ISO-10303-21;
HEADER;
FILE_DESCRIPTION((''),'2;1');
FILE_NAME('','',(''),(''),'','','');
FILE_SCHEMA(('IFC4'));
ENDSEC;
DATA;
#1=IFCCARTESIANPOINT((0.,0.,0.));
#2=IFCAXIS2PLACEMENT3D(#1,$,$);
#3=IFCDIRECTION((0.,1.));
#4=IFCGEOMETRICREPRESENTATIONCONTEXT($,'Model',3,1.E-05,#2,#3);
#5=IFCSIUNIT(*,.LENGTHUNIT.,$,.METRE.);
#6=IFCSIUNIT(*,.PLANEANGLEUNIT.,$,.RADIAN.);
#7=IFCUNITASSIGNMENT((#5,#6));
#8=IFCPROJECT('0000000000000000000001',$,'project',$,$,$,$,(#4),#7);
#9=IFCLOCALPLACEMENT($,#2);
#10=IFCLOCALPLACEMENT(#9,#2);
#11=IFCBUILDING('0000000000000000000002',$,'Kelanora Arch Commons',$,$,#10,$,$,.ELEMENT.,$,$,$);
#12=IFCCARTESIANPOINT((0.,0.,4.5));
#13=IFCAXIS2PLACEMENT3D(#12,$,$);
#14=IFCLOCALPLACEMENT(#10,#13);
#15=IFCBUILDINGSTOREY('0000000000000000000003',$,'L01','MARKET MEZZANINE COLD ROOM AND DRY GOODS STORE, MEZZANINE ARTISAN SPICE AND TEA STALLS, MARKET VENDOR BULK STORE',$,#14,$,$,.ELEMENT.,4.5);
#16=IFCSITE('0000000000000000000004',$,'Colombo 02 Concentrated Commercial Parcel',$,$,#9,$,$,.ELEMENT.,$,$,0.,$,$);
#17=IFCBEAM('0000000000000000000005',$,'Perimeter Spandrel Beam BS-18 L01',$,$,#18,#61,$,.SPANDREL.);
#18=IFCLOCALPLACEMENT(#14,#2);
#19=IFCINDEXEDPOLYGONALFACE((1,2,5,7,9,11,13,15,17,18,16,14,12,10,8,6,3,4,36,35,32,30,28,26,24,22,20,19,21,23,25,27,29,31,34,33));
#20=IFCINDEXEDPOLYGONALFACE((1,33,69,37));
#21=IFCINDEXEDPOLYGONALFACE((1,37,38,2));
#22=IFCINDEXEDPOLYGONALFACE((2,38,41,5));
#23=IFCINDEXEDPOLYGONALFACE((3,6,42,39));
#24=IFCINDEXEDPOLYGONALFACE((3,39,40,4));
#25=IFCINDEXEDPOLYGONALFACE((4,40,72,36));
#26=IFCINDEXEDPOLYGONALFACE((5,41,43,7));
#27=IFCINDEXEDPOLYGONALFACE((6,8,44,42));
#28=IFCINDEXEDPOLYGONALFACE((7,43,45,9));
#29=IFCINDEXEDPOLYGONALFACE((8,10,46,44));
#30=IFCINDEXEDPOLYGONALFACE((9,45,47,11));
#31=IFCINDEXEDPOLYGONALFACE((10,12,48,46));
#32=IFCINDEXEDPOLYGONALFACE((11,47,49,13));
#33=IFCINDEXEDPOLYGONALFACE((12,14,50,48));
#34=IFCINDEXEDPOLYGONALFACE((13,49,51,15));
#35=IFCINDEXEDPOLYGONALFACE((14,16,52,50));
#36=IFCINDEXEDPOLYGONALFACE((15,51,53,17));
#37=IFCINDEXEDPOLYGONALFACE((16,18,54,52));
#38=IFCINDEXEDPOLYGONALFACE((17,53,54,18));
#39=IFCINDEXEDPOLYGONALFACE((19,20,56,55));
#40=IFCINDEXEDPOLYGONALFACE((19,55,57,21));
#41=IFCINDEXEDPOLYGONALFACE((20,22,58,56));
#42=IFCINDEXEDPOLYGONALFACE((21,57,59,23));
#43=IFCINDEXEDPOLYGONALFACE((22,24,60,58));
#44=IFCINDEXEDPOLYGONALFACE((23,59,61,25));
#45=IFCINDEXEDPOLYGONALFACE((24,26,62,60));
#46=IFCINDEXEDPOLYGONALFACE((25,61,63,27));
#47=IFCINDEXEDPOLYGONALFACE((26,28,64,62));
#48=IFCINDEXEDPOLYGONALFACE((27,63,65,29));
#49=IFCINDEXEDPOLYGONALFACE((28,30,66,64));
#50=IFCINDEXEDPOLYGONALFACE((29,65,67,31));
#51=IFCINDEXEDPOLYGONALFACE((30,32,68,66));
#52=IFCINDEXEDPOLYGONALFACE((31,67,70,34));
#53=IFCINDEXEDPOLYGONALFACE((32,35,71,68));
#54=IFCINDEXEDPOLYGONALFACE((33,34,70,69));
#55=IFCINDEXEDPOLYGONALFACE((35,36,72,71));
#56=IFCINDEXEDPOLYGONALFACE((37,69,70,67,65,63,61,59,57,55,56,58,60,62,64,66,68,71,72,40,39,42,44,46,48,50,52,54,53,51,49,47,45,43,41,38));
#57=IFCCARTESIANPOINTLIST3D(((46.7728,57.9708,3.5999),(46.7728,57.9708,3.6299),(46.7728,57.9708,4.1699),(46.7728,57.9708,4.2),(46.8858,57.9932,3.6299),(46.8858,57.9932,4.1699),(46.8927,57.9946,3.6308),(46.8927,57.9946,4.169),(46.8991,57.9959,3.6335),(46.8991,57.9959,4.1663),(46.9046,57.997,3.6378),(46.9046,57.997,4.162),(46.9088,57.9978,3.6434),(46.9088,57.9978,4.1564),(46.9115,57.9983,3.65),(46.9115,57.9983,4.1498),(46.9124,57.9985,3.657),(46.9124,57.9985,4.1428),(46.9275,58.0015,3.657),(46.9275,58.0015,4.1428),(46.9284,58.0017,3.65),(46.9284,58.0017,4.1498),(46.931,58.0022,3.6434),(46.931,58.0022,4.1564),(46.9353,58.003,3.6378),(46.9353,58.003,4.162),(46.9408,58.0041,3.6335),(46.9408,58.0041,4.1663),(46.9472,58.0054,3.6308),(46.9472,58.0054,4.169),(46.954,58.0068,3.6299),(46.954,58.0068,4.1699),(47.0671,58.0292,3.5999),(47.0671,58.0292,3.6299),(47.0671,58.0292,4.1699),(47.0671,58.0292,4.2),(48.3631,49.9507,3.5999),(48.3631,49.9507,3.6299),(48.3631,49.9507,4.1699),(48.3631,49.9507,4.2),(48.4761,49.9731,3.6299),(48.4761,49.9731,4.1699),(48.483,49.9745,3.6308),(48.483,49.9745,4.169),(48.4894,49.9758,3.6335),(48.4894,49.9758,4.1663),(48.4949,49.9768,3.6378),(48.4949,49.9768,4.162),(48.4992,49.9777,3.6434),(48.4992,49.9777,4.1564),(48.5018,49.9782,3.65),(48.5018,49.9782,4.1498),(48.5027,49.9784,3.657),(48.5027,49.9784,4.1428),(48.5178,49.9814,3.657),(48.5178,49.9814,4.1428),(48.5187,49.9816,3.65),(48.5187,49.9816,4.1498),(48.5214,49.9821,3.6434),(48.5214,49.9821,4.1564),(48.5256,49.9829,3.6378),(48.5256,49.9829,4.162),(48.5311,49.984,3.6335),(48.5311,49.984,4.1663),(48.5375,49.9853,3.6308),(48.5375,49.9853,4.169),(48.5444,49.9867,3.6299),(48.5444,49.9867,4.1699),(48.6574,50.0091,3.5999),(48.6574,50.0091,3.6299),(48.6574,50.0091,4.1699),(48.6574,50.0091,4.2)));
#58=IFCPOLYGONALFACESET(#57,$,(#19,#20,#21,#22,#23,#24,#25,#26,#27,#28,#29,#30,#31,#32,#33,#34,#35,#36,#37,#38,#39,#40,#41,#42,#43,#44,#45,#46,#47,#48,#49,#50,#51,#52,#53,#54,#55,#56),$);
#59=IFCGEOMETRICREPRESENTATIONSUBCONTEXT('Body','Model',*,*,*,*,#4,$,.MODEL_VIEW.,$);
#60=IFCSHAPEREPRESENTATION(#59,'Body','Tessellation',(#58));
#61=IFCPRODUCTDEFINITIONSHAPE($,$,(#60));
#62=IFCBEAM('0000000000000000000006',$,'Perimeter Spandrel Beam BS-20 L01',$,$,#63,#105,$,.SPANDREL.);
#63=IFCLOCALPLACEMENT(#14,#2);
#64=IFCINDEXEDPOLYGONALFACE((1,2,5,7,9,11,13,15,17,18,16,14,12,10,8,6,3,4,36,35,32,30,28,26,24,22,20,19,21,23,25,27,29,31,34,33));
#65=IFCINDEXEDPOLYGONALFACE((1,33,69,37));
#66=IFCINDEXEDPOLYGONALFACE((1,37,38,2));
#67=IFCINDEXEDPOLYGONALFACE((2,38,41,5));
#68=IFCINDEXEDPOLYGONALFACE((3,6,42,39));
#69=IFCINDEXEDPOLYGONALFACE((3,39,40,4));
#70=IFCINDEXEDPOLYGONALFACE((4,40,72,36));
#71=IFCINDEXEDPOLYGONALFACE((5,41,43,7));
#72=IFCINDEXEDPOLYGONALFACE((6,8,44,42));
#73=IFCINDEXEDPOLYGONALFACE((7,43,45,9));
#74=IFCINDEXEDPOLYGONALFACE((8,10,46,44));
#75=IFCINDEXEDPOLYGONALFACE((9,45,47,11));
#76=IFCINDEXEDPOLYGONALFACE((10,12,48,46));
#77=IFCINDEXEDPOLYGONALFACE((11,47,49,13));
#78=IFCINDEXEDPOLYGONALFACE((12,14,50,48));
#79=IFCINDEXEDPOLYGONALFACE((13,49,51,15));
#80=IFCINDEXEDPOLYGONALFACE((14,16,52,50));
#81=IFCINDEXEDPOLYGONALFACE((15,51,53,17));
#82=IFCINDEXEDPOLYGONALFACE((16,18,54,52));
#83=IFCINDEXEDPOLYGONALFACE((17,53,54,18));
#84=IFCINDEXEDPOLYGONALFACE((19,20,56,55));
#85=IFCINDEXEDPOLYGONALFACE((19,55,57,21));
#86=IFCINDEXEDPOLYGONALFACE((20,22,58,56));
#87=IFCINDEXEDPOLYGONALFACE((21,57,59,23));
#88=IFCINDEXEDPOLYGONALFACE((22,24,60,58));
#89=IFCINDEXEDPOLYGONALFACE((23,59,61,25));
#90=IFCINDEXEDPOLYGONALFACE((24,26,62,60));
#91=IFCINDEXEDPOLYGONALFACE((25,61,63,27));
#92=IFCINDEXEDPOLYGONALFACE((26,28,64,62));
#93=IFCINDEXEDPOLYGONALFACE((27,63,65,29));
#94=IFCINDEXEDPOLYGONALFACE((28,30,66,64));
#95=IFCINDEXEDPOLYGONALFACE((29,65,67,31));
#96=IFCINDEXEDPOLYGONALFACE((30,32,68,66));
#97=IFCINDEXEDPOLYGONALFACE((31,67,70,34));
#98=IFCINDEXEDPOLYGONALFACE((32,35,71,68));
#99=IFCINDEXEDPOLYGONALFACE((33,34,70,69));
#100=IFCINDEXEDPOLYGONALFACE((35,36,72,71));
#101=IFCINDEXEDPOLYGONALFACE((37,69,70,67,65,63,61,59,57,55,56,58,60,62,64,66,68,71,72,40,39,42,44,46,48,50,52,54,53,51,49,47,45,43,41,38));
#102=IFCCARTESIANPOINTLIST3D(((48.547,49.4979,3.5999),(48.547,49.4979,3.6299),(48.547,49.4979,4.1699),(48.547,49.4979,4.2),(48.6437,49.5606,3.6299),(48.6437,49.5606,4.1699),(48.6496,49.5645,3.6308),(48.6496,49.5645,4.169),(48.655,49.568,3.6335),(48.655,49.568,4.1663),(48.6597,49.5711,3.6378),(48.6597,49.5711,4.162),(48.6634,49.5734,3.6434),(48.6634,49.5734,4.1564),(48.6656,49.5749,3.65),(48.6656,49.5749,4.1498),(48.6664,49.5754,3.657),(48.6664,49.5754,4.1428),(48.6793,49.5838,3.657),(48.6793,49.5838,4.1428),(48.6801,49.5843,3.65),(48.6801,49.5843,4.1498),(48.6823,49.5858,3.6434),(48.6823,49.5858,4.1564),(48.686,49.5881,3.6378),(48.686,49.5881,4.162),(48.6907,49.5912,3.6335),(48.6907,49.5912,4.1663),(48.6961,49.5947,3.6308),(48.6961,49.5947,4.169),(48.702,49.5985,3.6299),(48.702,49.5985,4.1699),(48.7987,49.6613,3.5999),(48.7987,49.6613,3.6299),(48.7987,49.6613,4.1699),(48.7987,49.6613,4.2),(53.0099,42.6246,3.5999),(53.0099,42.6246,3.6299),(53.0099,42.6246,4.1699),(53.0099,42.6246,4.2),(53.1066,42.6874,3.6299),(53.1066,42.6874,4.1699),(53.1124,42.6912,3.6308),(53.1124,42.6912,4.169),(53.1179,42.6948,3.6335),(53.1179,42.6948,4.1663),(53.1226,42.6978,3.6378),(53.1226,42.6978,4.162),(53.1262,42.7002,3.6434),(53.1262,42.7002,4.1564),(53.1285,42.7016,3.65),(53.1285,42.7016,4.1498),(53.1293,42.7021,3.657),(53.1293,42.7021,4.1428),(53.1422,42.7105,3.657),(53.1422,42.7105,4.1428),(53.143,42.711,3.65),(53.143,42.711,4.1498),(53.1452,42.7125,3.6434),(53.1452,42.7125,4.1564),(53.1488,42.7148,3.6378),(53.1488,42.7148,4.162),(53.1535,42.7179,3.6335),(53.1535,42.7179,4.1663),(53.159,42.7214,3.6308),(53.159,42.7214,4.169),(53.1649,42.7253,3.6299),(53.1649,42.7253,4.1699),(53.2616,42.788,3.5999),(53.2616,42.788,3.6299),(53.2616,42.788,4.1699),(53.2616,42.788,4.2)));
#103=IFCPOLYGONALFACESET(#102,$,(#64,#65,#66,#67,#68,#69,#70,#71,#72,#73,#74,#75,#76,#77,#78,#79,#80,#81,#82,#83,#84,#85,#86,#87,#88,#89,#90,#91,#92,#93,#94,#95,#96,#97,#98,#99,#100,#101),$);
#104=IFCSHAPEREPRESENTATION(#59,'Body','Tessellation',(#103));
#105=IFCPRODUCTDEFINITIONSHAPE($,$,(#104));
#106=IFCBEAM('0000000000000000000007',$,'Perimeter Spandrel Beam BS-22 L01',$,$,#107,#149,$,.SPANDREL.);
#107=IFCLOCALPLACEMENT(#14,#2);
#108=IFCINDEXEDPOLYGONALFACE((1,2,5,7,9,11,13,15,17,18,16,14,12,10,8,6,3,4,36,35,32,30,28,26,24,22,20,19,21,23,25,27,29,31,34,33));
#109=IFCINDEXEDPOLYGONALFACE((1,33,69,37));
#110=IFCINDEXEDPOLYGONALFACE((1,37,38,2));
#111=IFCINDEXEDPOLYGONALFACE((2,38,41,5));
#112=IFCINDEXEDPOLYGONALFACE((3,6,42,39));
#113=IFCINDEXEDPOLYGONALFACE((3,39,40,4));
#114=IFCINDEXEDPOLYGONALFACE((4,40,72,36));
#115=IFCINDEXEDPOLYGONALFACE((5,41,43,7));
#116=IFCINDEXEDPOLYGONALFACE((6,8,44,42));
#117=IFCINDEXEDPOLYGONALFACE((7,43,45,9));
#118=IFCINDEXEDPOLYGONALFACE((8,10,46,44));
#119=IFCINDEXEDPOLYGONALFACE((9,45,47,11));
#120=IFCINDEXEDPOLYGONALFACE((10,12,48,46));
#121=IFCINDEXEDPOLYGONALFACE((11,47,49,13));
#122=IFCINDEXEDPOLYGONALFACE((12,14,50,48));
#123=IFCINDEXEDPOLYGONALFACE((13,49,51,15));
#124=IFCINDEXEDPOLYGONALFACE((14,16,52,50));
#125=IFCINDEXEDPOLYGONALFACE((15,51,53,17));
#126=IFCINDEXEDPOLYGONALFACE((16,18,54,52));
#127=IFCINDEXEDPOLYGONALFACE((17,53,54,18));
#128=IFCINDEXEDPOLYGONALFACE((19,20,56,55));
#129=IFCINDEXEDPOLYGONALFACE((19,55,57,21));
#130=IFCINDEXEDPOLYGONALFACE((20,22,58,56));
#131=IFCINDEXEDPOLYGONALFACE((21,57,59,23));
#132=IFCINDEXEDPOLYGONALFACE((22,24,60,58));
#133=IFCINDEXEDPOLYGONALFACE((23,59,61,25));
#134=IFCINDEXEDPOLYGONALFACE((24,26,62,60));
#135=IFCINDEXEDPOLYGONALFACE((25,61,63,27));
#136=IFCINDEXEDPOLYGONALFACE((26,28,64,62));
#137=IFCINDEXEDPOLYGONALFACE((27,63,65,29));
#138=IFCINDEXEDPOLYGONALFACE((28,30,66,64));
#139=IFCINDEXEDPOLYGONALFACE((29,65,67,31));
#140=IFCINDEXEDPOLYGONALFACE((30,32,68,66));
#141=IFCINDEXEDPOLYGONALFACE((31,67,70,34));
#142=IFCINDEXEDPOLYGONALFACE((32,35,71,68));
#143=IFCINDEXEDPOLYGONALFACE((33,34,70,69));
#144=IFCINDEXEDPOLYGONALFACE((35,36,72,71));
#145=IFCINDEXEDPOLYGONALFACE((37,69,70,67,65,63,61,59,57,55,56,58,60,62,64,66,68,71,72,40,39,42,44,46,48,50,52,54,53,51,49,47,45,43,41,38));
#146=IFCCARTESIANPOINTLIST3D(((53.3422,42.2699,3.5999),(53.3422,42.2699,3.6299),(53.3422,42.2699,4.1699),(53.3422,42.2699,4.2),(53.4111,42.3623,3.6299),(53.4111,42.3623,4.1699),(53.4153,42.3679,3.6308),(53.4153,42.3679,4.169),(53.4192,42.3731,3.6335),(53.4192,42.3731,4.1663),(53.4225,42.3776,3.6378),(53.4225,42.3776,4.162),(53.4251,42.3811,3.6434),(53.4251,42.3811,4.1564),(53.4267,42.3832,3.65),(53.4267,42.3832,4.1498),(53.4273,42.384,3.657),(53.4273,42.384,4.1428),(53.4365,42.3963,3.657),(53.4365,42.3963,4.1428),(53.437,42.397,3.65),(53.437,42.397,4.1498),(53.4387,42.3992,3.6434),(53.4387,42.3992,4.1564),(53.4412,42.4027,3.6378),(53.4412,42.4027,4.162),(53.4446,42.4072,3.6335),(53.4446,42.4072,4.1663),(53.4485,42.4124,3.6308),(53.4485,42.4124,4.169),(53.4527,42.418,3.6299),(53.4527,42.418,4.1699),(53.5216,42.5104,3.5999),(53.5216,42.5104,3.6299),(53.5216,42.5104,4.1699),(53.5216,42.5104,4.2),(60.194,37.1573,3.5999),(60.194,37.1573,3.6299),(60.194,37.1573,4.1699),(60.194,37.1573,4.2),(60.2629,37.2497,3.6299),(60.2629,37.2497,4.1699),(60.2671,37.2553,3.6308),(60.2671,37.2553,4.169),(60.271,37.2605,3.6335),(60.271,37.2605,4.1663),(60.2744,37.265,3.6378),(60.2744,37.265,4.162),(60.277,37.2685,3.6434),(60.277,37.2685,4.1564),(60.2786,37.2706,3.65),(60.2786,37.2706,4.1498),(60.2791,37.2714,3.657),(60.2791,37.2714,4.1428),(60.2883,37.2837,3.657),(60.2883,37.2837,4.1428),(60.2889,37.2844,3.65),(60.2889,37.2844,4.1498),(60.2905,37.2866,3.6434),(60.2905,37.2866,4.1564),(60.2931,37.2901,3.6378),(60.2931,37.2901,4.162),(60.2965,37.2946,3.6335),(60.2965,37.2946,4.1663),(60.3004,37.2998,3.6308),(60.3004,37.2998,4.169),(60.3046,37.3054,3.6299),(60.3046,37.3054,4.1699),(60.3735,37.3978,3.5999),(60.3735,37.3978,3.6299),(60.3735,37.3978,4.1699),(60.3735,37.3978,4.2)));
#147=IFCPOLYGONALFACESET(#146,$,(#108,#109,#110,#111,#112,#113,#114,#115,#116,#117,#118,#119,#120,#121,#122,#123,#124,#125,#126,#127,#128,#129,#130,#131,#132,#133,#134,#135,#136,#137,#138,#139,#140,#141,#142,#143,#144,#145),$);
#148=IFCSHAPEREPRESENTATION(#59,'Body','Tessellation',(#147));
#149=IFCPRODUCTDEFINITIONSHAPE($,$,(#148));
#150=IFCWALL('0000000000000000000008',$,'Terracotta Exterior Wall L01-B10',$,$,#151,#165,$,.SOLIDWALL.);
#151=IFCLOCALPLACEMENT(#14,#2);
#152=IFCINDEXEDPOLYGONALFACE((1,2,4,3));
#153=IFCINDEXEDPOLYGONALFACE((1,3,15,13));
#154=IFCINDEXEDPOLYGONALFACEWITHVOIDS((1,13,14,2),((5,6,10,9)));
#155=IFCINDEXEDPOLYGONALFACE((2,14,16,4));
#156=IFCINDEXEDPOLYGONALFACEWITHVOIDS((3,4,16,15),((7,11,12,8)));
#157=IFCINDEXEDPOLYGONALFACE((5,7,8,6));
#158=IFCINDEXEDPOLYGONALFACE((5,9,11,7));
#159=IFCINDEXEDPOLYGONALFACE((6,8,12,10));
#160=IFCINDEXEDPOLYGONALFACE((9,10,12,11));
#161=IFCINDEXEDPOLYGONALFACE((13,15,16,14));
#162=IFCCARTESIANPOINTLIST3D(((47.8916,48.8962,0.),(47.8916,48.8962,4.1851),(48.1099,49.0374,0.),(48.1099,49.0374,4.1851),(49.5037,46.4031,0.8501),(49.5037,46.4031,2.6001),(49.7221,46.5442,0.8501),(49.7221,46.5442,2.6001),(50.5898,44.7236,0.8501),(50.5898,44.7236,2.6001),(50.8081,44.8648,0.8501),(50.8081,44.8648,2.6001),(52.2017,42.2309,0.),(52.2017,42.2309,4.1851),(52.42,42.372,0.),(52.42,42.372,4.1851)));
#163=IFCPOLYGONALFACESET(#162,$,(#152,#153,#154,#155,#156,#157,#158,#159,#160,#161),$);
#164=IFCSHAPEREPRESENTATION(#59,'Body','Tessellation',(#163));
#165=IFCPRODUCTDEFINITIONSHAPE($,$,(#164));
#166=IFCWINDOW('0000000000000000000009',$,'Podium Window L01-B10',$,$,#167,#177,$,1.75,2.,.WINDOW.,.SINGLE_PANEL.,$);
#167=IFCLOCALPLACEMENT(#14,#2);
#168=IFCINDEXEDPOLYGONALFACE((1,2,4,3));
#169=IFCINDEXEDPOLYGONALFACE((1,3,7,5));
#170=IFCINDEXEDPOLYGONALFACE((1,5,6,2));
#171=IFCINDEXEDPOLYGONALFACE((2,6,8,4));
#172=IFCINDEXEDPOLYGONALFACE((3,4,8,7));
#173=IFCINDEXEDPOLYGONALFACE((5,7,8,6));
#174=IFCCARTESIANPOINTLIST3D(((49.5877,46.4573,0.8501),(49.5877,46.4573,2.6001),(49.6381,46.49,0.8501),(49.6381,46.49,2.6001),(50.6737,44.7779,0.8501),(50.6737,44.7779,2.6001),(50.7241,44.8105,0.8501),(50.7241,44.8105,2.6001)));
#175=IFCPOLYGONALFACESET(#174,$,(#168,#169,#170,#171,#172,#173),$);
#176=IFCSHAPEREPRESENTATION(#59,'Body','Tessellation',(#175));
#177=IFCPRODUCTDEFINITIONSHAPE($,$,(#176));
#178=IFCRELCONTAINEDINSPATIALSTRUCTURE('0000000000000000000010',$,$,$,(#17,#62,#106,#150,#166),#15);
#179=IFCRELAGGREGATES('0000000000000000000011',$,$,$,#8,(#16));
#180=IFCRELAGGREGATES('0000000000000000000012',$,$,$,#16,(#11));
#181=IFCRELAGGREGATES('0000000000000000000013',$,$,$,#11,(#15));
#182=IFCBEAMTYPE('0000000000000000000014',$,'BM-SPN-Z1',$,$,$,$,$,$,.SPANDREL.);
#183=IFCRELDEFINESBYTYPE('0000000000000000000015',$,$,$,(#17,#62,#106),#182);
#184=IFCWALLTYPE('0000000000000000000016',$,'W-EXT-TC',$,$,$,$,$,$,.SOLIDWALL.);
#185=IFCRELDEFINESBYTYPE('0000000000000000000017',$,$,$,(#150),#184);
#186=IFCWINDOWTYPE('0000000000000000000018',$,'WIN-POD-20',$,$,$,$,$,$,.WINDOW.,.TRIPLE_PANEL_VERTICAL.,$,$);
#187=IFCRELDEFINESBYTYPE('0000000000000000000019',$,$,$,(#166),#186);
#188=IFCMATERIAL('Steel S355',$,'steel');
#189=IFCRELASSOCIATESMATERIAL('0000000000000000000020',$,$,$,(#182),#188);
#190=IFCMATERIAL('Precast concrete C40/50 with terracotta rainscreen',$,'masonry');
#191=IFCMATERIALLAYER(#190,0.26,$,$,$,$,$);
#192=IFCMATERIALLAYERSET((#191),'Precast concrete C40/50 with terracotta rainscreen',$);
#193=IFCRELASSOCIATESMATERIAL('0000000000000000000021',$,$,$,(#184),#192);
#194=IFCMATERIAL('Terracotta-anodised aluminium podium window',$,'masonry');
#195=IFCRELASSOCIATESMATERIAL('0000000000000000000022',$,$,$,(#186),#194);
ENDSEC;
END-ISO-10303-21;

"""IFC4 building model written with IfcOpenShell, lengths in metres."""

from ifc_helpers import new_model, si_unit, direction, frame, frame_2d, origin, origin_2d, place, context, subcontext, project, spatial, rectangle, i_section, extrude, material, layer, layer_set, material_profile, profile_set, type_object, element, fill, save


model = new_model("IFC4")

# Units and contexts
model_context = context("Model", 3, precision=1e-05, world=origin(), true_north=direction((0.0, 1.0)))
body_context = subcontext(model_context, "Body", "Model", "MODEL_VIEW")
ifc_project = project(units=[si_unit("LENGTHUNIT", "METRE"), si_unit("PLANEANGLEUNIT", "RADIAN")], contexts=[model_context])

# Site, building, storey
site_placement = place(None, origin())
site = spatial("IfcSite", under=ifc_project, at=site_placement, Name="Colombo 02 Concentrated Commercial Parcel", CompositionType="ELEMENT", RefElevation=0.0)
building_placement = place(site_placement, origin())
building = spatial("IfcBuilding", under=site, at=building_placement, Name="Kelanora Arch Commons", CompositionType="ELEMENT")
storey_placement = place(building_placement, frame((0.0, 0.0, 4.5)))
storey = spatial("IfcBuildingStorey", under=building, at=storey_placement, Name="L01", Description="MARKET MEZZANINE COLD ROOM AND DRY GOODS STORE, MEZZANINE ARTISAN SPICE AND TEA STALLS, MARKET VENDOR BULK STORE", CompositionType="ELEMENT", Elevation=4.5)

# Beams
ifc_material_1 = material(Name="Steel S355", Category="steel")
ifc_material_profile_1 = material_profile(ifc_material_1, i_section(OverallWidth=0.3, OverallDepth=0.6001, WebThickness=0.0154, FlangeThickness=0.03, FilletRadius=0.0271, at=origin_2d()), Name="HEB600")
ifc_profile_set_1 = profile_set([ifc_material_profile_1], Name="Steel S355")
beam_type_1 = type_object("IfcBeamType", Name="BM-SPN-Z1", PredefinedType="SPANDREL", material=ifc_profile_set_1)
beam_1_placement = place(storey_placement, frame((46.9199, 58.0, 3.8999), z_axis=(0.194508, -0.980901, 0.0), x_axis=(0.980901, 0.194508, 0.0)))
element("IfcBeam", 1, at=beam_1_placement, inside=storey, type_object=beam_type_1, Name="Perimeter Spandrel Beam BS-18 L01", PredefinedType="SPANDREL", context=body_context, shape_type="SweptSolid", body=[
    extrude(i_section(OverallWidth=0.3, OverallDepth=0.6001, WebThickness=0.0154, FlangeThickness=0.03, FilletRadius=0.0271, at=origin_2d()), origin(), (0.0, 0.0, 1.0), 8.1763),
])
beam_2_placement = place(storey_placement, frame((48.6729, 49.5796, 3.8999), z_axis=(0.544581, -0.838708, 0.0), x_axis=(0.838708, 0.544581, 0.0)))
element("IfcBeam", 2, at=beam_2_placement, inside=storey, type_object=beam_type_1, Name="Perimeter Spandrel Beam BS-20 L01", PredefinedType="SPANDREL", context=body_context, shape_type="SweptSolid", body=[
    extrude(i_section(OverallWidth=0.3, OverallDepth=0.6001, WebThickness=0.0154, FlangeThickness=0.03, FilletRadius=0.0271, at=origin_2d()), origin(), (0.0, 0.0, 1.0), 8.1951),
])
beam_3_placement = place(storey_placement, frame((53.4319, 42.3901, 3.8999), z_axis=(0.801475, -0.598029, 0.0), x_axis=(0.598029, 0.801475, 0.0)))
element("IfcBeam", 3, at=beam_3_placement, inside=storey, type_object=beam_type_1, Name="Perimeter Spandrel Beam BS-22 L01", PredefinedType="SPANDREL", context=body_context, shape_type="SweptSolid", body=[
    extrude(i_section(OverallWidth=0.3, OverallDepth=0.6001, WebThickness=0.0154, FlangeThickness=0.03, FilletRadius=0.0271, at=origin_2d()), origin(), (0.0, 0.0, 1.0), 8.5491),
])

# Wall, opening, window
ifc_material_2 = material(Name="Precast concrete C40/50 with terracotta rainscreen", Category="masonry")
ifc_layer_1 = layer(ifc_material_2, 0.26)
ifc_layer_set_1 = layer_set([ifc_layer_1], Name="Precast concrete C40/50 with terracotta rainscreen")
wall_type_1 = type_object("IfcWallType", Name="W-EXT-TC", PredefinedType="SOLIDWALL", material=ifc_layer_set_1)
wall_1_placement = place(storey_placement, frame((48.0007, 48.9668, 0.0), z_axis=(0.0, 0.0, 1.0), x_axis=(0.543005, -0.839729, 0.0)))
wall_1 = element("IfcWall", 4, at=wall_1_placement, inside=storey, type_object=wall_type_1, Name="Terracotta Exterior Wall L01-B10", PredefinedType="SOLIDWALL", context=body_context, shape_type="SweptSolid", body=[
    extrude(rectangle(XDim=7.9375, YDim=0.26, at=frame_2d((3.9688, 0.0))), origin(), (0.0, 0.0, 1.0), 4.1851),
])
opening_1_placement = place(wall_1_placement, frame((2.969, 0.0, 0.8501)))
opening_1 = element("IfcOpeningElement", 5, at=opening_1_placement, cuts=wall_1, PredefinedType="OPENING", context=body_context, shape_type="SweptSolid", body=[
    extrude(rectangle(XDim=2.0, YDim=1.75, at=frame_2d((1.0, 0.875))), frame((0.0, 0.1401, 0.0), z_axis=(0.0, -1.0, 0.0), x_axis=(1.0, 0.0, 0.0)), (0.0, 0.0, 1.0), 0.28),
])
ifc_material_3 = material(Name="Terracotta-anodised aluminium podium window", Category="masonry")
window_type = type_object("IfcWindowType", Name="WIN-POD-20", PartitioningType="TRIPLE_PANEL_VERTICAL", PredefinedType="WINDOW", material=ifc_material_3)
window_1_placement = place(opening_1_placement, origin())
window_1 = element("IfcWindow", 6, at=window_1_placement, inside=storey, type_object=window_type, Name="Podium Window L01-B10", OverallHeight=1.75, OverallWidth=2.0, PartitioningType="SINGLE_PANEL", PredefinedType="WINDOW", context=body_context, shape_type="SweptSolid", body=[
    extrude(rectangle(XDim=2.0, YDim=1.75, at=frame_2d((1.0, 0.875))), frame((0.0, 0.03, 0.0), z_axis=(0.0, -1.0, 0.0), x_axis=(1.0, 0.0, 0.0)), (0.0, 0.0, 1.0), 0.0601),
])
fill(opening_1, window_1)

save(model, "model.ifc")
